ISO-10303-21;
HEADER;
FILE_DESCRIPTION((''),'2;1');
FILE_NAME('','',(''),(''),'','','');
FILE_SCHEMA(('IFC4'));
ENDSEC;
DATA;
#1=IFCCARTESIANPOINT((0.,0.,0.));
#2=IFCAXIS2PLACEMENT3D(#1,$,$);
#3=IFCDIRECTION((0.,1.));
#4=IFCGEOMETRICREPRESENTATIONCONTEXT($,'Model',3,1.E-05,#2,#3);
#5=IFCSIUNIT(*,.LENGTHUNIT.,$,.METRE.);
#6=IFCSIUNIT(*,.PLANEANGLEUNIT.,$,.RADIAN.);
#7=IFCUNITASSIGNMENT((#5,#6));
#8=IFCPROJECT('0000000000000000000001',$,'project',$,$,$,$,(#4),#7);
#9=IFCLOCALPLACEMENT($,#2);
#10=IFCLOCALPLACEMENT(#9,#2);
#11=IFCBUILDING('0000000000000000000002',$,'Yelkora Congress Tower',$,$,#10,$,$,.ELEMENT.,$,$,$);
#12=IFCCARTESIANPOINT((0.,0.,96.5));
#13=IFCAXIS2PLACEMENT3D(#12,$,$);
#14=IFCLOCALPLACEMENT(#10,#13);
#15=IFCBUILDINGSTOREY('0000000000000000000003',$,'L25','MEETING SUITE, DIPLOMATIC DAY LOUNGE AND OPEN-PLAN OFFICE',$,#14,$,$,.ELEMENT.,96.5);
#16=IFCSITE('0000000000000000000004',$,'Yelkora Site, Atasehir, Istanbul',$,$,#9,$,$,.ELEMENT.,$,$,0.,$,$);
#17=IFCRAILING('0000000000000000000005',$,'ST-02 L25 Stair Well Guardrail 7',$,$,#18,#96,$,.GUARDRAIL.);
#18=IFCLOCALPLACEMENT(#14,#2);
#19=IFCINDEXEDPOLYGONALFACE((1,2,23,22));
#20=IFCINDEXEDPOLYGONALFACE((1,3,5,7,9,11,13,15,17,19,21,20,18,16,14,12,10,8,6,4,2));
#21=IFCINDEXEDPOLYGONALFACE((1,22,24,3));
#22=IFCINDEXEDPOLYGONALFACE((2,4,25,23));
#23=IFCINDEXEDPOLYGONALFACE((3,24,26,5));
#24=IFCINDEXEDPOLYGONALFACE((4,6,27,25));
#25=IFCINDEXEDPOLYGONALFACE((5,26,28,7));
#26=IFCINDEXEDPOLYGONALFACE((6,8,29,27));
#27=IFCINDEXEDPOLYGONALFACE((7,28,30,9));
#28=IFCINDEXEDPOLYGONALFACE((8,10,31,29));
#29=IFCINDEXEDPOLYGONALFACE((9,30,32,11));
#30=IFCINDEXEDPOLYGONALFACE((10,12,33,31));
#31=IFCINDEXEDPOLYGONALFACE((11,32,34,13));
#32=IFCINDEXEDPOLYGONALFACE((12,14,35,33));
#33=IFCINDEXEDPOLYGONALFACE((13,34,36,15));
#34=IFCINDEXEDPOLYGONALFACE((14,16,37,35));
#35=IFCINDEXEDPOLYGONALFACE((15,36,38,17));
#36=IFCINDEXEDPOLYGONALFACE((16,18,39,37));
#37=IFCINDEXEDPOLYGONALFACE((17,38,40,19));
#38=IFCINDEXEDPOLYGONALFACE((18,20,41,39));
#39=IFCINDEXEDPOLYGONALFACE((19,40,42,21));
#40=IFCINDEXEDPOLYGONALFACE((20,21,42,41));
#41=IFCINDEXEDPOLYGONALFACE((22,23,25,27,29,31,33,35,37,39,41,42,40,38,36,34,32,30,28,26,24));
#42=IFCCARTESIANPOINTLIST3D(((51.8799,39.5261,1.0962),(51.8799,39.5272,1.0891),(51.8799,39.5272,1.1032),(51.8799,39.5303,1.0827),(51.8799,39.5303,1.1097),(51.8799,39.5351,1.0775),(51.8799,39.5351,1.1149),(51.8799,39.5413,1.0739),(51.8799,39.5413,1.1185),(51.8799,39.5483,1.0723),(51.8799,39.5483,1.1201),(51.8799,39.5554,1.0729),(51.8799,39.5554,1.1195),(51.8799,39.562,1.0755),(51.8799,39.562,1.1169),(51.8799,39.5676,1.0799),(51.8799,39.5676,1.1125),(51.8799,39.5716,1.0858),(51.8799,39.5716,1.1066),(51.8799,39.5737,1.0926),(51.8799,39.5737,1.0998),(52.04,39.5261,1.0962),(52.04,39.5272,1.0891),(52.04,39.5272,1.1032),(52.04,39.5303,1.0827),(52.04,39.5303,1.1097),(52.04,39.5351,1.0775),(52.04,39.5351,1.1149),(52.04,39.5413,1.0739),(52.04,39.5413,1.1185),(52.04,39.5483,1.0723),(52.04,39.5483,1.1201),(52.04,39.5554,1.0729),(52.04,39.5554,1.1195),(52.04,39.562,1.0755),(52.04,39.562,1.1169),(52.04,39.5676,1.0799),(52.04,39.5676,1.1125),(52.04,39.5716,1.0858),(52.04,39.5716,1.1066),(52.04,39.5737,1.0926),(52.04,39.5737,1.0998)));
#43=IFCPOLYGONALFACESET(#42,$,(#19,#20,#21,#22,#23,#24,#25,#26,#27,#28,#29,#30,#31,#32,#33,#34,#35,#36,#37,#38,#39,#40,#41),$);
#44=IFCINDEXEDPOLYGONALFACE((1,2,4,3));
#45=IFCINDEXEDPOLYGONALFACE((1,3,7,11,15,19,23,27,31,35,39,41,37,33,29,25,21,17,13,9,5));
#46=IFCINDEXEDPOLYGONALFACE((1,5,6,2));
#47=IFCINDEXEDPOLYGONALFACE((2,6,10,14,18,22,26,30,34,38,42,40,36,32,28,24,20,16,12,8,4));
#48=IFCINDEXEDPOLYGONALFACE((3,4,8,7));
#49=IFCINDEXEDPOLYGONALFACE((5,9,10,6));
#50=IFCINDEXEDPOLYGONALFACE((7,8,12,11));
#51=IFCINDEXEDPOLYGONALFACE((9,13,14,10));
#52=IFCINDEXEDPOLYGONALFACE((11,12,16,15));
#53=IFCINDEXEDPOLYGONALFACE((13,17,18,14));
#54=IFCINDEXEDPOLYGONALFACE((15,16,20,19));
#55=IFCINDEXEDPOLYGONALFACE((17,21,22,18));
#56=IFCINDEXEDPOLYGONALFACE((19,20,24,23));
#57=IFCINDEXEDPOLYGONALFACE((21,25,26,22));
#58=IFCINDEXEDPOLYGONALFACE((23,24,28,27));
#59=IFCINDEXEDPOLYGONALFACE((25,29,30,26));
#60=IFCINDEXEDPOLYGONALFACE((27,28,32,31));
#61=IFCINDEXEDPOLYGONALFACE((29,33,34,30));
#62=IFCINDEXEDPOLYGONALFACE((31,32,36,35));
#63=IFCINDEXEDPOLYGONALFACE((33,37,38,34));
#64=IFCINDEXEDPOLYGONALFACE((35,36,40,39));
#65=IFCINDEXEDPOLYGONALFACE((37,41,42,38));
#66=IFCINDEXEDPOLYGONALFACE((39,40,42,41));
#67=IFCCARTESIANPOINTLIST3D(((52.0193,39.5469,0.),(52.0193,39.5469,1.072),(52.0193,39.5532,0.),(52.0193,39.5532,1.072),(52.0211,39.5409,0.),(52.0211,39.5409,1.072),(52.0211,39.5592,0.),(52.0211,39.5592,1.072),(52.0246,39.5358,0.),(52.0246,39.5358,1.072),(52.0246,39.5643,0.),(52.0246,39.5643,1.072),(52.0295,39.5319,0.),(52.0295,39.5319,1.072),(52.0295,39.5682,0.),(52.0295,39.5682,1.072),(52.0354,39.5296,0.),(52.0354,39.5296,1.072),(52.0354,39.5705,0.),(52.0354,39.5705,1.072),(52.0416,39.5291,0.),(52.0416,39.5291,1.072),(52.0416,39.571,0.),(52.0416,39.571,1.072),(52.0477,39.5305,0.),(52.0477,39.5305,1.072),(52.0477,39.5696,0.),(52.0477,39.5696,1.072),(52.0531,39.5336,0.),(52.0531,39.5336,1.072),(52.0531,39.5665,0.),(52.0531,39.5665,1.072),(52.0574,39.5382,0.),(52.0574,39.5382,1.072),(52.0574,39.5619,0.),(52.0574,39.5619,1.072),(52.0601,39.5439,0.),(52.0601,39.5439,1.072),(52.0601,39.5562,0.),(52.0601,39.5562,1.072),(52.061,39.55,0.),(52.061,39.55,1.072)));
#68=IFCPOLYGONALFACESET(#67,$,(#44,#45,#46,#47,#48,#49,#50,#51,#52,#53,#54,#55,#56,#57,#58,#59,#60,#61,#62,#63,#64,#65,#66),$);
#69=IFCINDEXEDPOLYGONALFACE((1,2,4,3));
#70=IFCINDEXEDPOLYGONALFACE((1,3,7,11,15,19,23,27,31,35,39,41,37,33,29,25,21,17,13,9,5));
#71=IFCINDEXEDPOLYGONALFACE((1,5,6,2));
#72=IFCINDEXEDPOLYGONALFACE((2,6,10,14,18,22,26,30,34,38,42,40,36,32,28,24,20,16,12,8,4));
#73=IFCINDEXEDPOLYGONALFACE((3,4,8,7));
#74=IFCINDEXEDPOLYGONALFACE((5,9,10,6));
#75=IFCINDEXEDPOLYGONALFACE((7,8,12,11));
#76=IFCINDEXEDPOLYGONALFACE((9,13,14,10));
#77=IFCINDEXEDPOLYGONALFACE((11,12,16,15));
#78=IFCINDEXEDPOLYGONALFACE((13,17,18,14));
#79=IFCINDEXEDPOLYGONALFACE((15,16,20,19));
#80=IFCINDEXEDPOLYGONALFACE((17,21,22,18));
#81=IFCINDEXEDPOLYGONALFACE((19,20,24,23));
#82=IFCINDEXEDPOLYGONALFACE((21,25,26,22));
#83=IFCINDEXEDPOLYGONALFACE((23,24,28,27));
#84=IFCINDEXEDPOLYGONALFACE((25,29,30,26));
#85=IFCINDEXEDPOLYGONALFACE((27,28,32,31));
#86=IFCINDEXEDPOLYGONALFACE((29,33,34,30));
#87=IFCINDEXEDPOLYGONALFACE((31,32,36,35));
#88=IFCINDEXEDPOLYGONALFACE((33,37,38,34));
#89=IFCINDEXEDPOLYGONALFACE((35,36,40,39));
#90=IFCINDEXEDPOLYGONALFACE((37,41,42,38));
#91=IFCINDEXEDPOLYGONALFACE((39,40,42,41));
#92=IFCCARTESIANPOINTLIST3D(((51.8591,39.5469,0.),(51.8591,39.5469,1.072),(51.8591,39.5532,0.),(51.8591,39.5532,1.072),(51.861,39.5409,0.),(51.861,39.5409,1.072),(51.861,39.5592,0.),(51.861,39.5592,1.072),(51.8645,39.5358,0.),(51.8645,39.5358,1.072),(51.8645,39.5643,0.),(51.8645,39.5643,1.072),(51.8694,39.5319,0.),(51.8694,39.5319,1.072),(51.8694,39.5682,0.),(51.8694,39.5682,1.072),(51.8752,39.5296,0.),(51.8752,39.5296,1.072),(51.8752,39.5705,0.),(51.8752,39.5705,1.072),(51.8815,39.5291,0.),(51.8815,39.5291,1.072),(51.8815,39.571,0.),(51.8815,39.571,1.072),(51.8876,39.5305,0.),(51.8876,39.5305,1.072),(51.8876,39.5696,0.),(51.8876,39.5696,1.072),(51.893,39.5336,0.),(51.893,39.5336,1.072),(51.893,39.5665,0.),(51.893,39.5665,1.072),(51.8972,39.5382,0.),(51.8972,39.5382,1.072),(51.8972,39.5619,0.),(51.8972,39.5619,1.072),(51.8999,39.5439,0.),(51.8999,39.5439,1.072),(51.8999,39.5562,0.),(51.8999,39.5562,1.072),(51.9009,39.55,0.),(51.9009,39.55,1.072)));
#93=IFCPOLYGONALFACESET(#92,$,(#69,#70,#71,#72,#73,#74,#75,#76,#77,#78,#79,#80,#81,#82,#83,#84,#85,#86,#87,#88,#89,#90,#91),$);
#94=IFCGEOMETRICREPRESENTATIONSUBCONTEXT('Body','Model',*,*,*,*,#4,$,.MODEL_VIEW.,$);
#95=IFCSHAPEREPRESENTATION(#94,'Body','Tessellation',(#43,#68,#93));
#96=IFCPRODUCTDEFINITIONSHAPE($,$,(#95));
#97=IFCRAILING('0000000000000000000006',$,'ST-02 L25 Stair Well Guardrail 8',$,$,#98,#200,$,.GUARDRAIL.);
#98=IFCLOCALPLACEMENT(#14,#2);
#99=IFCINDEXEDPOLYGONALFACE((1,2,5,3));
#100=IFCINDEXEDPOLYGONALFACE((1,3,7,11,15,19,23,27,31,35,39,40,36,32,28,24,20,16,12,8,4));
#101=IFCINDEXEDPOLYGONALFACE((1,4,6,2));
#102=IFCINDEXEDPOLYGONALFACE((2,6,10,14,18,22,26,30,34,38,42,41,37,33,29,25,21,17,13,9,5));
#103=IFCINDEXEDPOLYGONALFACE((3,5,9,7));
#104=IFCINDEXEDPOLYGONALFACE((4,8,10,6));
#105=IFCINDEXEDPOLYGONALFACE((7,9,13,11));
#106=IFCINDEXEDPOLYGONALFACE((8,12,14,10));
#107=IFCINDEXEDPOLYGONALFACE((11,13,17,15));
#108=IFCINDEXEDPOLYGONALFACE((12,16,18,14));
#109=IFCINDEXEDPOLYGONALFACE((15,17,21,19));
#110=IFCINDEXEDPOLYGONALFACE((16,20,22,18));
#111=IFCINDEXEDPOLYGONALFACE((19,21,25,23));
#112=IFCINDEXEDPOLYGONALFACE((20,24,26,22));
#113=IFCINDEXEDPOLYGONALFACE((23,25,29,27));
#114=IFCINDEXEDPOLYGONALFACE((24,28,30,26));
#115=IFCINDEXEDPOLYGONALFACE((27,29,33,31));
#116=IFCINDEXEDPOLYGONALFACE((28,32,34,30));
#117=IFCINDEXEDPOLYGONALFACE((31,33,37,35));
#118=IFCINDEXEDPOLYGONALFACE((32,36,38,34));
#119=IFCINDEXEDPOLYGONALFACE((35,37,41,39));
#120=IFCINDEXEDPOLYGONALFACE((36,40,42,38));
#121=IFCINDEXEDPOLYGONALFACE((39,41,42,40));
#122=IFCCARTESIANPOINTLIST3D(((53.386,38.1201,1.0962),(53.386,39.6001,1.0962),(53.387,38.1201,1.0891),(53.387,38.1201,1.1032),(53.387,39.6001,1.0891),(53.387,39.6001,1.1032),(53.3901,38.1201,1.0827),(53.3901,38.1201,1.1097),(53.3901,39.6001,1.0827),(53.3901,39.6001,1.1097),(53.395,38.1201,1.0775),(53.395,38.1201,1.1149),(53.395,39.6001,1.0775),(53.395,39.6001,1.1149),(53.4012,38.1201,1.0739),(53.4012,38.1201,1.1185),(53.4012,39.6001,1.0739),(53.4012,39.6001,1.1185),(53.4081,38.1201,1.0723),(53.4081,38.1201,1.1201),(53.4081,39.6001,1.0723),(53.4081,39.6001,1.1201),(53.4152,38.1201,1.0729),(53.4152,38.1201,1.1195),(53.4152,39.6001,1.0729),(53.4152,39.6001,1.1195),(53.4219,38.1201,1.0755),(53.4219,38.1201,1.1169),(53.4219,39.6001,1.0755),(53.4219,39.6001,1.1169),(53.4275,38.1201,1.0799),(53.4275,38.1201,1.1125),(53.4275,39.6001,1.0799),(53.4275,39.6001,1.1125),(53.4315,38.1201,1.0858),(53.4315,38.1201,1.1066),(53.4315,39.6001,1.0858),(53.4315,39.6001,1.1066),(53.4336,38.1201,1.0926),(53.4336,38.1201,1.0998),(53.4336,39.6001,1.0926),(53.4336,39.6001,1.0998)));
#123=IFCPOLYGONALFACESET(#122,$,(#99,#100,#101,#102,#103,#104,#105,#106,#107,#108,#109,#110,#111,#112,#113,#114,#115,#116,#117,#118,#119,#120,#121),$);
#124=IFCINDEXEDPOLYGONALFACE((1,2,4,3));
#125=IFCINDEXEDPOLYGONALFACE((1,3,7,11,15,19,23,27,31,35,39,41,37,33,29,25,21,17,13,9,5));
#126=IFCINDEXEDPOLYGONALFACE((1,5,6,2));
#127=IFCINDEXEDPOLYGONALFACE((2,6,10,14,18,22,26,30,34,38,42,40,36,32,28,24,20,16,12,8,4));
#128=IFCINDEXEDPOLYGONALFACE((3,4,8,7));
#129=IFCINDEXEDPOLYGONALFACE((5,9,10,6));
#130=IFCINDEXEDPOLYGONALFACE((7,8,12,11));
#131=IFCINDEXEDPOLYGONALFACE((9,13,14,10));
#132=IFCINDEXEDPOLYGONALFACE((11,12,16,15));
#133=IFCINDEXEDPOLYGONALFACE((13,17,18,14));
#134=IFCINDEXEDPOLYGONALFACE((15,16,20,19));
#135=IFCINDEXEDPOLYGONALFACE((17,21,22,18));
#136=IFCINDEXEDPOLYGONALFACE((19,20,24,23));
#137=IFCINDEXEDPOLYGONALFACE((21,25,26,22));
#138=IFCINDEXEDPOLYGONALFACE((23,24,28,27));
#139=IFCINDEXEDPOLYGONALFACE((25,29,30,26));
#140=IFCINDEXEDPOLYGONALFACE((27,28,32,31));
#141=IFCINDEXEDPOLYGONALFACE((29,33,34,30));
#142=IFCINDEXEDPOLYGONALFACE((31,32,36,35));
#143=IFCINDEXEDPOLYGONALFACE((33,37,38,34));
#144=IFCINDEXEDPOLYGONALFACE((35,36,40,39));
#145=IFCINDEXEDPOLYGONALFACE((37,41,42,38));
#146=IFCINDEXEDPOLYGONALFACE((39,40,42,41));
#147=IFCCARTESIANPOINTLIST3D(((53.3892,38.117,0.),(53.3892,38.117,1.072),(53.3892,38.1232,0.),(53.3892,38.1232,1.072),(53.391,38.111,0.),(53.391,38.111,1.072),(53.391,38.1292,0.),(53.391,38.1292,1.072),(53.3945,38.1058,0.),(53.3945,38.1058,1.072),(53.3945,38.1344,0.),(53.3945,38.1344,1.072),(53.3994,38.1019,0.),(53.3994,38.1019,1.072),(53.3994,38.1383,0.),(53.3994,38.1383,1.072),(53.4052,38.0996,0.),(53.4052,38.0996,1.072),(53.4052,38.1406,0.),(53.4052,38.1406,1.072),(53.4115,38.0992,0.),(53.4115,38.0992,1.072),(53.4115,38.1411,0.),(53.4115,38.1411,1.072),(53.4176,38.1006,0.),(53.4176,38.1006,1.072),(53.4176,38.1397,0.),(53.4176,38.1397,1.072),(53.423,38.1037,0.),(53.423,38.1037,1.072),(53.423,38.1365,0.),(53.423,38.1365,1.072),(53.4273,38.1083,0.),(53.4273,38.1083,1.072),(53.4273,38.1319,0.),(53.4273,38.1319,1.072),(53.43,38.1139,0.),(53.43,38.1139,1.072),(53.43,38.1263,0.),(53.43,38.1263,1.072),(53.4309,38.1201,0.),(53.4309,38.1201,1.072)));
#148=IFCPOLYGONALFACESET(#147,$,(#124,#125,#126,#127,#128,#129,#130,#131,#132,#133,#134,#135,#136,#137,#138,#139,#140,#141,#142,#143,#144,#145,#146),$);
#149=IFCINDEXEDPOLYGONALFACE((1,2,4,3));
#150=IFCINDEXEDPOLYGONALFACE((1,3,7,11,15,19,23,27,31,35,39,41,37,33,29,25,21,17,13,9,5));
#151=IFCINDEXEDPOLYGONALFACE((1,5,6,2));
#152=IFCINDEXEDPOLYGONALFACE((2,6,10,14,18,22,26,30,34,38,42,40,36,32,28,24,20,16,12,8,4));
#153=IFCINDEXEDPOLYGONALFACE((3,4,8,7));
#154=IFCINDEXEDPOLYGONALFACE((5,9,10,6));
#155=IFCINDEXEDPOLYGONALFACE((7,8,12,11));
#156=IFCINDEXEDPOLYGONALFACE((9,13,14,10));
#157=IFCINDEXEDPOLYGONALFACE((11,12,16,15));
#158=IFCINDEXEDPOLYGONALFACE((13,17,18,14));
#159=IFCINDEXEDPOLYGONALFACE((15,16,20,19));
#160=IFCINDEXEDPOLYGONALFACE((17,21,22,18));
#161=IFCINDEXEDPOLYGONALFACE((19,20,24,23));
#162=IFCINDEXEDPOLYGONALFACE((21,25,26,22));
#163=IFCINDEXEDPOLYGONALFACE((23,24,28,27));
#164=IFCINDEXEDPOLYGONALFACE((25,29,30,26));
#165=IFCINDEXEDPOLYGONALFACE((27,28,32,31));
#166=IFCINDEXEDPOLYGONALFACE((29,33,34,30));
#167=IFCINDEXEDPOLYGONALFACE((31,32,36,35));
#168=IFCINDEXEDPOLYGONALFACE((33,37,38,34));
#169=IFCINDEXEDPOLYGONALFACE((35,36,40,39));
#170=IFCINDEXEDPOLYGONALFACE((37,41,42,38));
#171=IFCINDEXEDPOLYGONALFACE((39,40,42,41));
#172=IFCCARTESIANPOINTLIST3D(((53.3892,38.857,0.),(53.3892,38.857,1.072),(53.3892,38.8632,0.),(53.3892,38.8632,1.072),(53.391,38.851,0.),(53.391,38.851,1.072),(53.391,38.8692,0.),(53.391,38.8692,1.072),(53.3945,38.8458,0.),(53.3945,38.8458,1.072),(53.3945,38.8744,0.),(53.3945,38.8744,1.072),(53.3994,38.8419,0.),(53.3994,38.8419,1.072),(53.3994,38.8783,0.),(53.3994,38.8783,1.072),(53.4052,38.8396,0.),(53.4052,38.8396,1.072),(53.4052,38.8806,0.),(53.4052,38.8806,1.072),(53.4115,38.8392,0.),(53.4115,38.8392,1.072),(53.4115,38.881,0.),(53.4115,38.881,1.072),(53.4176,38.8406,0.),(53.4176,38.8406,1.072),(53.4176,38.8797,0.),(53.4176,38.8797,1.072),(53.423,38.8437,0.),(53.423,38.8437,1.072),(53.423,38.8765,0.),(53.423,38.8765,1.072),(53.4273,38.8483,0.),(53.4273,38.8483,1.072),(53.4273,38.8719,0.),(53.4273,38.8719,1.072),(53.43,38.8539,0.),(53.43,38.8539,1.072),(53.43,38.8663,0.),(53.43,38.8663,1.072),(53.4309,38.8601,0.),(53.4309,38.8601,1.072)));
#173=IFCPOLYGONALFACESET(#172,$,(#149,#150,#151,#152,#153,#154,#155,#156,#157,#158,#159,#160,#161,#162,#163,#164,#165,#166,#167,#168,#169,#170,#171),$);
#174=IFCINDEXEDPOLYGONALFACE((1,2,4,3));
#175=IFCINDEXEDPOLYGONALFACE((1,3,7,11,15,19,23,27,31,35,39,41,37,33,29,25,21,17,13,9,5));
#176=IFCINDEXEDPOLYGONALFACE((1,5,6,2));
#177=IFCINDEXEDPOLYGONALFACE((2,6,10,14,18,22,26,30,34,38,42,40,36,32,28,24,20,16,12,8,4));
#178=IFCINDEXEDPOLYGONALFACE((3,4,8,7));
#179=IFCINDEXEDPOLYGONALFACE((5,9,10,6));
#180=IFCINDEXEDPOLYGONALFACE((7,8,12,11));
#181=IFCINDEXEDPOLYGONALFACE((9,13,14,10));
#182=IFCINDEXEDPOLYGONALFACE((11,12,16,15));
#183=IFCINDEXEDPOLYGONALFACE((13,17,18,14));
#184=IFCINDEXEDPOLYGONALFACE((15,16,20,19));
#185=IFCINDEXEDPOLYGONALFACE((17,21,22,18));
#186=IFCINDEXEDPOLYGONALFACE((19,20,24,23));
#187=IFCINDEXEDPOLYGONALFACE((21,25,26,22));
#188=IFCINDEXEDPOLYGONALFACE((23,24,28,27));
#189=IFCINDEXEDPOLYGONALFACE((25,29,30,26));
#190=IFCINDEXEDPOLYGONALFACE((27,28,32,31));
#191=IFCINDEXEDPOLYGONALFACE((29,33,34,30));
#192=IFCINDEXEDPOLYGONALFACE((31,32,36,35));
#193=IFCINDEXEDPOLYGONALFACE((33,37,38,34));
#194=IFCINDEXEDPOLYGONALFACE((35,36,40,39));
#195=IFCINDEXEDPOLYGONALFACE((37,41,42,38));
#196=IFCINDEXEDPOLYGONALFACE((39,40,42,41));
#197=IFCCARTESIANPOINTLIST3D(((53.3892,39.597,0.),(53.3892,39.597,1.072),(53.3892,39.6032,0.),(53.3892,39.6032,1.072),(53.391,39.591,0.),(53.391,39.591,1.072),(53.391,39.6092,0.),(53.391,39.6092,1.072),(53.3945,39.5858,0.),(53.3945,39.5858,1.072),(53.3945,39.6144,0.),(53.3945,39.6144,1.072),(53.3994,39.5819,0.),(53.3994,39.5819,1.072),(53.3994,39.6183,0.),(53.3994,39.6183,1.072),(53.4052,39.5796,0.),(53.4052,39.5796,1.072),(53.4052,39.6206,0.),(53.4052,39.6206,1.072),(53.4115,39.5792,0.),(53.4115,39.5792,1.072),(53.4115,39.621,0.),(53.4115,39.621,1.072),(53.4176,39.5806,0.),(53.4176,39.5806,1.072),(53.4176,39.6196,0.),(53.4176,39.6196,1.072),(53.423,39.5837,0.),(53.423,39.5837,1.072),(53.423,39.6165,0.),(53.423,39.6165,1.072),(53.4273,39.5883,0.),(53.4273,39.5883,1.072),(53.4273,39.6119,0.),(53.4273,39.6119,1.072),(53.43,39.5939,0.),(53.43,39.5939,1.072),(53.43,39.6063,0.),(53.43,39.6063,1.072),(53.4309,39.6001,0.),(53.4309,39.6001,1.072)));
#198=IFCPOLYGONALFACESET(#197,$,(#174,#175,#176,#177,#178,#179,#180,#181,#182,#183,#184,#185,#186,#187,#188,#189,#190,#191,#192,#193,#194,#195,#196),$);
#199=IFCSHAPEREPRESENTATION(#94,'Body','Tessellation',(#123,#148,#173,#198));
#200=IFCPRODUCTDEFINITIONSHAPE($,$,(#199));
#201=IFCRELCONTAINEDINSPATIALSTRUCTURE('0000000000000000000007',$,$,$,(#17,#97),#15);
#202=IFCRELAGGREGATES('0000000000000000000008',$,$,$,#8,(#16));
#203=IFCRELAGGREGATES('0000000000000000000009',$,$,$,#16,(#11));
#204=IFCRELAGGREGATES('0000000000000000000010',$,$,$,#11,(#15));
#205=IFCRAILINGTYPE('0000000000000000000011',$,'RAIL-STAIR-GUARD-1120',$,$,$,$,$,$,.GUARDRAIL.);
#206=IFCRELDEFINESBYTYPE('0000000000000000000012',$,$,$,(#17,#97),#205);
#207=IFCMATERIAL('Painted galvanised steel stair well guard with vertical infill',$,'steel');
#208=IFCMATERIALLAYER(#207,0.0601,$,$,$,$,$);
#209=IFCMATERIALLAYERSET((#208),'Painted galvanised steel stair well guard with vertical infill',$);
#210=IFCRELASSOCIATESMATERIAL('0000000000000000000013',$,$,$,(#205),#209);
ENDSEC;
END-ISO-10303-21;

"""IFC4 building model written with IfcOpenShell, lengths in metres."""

from ifc_helpers import new_model, si_unit, direction, frame, origin, origin_2d, place, context, subcontext, project, spatial, circle, extrude, material, layer, layer_set, type_object, element, save


model = new_model("IFC4")

# Units and contexts
model_context = context("Model", 3, precision=1e-05, world=origin(), true_north=direction((0.0, 1.0)))
body_context = subcontext(model_context, "Body", "Model", "MODEL_VIEW")
ifc_project = project(units=[si_unit("LENGTHUNIT", "METRE"), si_unit("PLANEANGLEUNIT", "RADIAN")], contexts=[model_context])

# Site, building, storey
site_placement = place(None, origin())
site = spatial("IfcSite", under=ifc_project, at=site_placement, Name="Yelkora Site, Atasehir, Istanbul", CompositionType="ELEMENT", RefElevation=0.0)
building_placement = place(site_placement, origin())
building = spatial("IfcBuilding", under=site, at=building_placement, Name="Yelkora Congress Tower", CompositionType="ELEMENT")
storey_placement = place(building_placement, frame((0.0, 0.0, 96.5)))
storey = spatial("IfcBuildingStorey", under=building, at=storey_placement, Name="L25", Description="MEETING SUITE, DIPLOMATIC DAY LOUNGE AND OPEN-PLAN OFFICE", CompositionType="ELEMENT", Elevation=96.5)

# Railings
ifc_material_1 = material(Name="Painted galvanised steel stair well guard with vertical infill", Category="steel")
ifc_layer_1 = layer(ifc_material_1, 0.0601)
ifc_layer_set_1 = layer_set([ifc_layer_1], Name="Painted galvanised steel stair well guard with vertical infill")
railing_type_1 = type_object("IfcRailingType", Name="RAIL-STAIR-GUARD-1120", PredefinedType="GUARDRAIL", material=ifc_layer_set_1)
railing_1_placement = place(storey_placement, frame((52.04, 39.55, 0.0)))
element("IfcRailing", 1, at=railing_1_placement, inside=storey, type_object=railing_type_1, Name="ST-02 L25 Stair Well Guardrail 7", PredefinedType="GUARDRAIL", context=body_context, shape_type="SweptSolid", body=[
    extrude(circle(Radius=0.0239, at=origin_2d()), frame((0.0, 0.0, 1.0962), z_axis=(-1.0, 0.0, 0.0), x_axis=(0.0, -1.0, 0.0)), (0.0, 0.0, 1.0), 0.1602),
    extrude(circle(Radius=0.021, at=origin_2d()), origin(), (0.0, 0.0, 1.0), 1.072),
    extrude(circle(Radius=0.021, at=origin_2d()), frame((-0.1602, 0.0, 0.0)), (0.0, 0.0, 1.0), 1.072),
])
for number, where, name in (
    (2, (53.4099, 38.1201, 0.0), "ST-02 L25 Stair Well Guardrail 8"),
):
    element("IfcRailing", number, at=place(storey_placement, frame(where)), inside=storey, type_object=railing_type_1, Name=name, PredefinedType="GUARDRAIL", context=body_context, shape_type="SweptSolid", body=[
        extrude(circle(Radius=0.0239, at=origin_2d()), frame((0.0, 0.0, 1.0962), z_axis=(0.0, 1.0, 0.0), x_axis=(-1.0, 0.0, 0.0)), (0.0, 0.0, 1.0), 1.48),
        extrude(circle(Radius=0.021, at=origin_2d()), origin(), (0.0, 0.0, 1.0), 1.072),
        extrude(circle(Radius=0.021, at=origin_2d()), frame((0.0, 0.74, 0.0)), (0.0, 0.0, 1.0), 1.072),
        extrude(circle(Radius=0.021, at=origin_2d()), frame((0.0, 1.48, 0.0)), (0.0, 0.0, 1.0), 1.072),
    ])

save(model, "model.ifc")
